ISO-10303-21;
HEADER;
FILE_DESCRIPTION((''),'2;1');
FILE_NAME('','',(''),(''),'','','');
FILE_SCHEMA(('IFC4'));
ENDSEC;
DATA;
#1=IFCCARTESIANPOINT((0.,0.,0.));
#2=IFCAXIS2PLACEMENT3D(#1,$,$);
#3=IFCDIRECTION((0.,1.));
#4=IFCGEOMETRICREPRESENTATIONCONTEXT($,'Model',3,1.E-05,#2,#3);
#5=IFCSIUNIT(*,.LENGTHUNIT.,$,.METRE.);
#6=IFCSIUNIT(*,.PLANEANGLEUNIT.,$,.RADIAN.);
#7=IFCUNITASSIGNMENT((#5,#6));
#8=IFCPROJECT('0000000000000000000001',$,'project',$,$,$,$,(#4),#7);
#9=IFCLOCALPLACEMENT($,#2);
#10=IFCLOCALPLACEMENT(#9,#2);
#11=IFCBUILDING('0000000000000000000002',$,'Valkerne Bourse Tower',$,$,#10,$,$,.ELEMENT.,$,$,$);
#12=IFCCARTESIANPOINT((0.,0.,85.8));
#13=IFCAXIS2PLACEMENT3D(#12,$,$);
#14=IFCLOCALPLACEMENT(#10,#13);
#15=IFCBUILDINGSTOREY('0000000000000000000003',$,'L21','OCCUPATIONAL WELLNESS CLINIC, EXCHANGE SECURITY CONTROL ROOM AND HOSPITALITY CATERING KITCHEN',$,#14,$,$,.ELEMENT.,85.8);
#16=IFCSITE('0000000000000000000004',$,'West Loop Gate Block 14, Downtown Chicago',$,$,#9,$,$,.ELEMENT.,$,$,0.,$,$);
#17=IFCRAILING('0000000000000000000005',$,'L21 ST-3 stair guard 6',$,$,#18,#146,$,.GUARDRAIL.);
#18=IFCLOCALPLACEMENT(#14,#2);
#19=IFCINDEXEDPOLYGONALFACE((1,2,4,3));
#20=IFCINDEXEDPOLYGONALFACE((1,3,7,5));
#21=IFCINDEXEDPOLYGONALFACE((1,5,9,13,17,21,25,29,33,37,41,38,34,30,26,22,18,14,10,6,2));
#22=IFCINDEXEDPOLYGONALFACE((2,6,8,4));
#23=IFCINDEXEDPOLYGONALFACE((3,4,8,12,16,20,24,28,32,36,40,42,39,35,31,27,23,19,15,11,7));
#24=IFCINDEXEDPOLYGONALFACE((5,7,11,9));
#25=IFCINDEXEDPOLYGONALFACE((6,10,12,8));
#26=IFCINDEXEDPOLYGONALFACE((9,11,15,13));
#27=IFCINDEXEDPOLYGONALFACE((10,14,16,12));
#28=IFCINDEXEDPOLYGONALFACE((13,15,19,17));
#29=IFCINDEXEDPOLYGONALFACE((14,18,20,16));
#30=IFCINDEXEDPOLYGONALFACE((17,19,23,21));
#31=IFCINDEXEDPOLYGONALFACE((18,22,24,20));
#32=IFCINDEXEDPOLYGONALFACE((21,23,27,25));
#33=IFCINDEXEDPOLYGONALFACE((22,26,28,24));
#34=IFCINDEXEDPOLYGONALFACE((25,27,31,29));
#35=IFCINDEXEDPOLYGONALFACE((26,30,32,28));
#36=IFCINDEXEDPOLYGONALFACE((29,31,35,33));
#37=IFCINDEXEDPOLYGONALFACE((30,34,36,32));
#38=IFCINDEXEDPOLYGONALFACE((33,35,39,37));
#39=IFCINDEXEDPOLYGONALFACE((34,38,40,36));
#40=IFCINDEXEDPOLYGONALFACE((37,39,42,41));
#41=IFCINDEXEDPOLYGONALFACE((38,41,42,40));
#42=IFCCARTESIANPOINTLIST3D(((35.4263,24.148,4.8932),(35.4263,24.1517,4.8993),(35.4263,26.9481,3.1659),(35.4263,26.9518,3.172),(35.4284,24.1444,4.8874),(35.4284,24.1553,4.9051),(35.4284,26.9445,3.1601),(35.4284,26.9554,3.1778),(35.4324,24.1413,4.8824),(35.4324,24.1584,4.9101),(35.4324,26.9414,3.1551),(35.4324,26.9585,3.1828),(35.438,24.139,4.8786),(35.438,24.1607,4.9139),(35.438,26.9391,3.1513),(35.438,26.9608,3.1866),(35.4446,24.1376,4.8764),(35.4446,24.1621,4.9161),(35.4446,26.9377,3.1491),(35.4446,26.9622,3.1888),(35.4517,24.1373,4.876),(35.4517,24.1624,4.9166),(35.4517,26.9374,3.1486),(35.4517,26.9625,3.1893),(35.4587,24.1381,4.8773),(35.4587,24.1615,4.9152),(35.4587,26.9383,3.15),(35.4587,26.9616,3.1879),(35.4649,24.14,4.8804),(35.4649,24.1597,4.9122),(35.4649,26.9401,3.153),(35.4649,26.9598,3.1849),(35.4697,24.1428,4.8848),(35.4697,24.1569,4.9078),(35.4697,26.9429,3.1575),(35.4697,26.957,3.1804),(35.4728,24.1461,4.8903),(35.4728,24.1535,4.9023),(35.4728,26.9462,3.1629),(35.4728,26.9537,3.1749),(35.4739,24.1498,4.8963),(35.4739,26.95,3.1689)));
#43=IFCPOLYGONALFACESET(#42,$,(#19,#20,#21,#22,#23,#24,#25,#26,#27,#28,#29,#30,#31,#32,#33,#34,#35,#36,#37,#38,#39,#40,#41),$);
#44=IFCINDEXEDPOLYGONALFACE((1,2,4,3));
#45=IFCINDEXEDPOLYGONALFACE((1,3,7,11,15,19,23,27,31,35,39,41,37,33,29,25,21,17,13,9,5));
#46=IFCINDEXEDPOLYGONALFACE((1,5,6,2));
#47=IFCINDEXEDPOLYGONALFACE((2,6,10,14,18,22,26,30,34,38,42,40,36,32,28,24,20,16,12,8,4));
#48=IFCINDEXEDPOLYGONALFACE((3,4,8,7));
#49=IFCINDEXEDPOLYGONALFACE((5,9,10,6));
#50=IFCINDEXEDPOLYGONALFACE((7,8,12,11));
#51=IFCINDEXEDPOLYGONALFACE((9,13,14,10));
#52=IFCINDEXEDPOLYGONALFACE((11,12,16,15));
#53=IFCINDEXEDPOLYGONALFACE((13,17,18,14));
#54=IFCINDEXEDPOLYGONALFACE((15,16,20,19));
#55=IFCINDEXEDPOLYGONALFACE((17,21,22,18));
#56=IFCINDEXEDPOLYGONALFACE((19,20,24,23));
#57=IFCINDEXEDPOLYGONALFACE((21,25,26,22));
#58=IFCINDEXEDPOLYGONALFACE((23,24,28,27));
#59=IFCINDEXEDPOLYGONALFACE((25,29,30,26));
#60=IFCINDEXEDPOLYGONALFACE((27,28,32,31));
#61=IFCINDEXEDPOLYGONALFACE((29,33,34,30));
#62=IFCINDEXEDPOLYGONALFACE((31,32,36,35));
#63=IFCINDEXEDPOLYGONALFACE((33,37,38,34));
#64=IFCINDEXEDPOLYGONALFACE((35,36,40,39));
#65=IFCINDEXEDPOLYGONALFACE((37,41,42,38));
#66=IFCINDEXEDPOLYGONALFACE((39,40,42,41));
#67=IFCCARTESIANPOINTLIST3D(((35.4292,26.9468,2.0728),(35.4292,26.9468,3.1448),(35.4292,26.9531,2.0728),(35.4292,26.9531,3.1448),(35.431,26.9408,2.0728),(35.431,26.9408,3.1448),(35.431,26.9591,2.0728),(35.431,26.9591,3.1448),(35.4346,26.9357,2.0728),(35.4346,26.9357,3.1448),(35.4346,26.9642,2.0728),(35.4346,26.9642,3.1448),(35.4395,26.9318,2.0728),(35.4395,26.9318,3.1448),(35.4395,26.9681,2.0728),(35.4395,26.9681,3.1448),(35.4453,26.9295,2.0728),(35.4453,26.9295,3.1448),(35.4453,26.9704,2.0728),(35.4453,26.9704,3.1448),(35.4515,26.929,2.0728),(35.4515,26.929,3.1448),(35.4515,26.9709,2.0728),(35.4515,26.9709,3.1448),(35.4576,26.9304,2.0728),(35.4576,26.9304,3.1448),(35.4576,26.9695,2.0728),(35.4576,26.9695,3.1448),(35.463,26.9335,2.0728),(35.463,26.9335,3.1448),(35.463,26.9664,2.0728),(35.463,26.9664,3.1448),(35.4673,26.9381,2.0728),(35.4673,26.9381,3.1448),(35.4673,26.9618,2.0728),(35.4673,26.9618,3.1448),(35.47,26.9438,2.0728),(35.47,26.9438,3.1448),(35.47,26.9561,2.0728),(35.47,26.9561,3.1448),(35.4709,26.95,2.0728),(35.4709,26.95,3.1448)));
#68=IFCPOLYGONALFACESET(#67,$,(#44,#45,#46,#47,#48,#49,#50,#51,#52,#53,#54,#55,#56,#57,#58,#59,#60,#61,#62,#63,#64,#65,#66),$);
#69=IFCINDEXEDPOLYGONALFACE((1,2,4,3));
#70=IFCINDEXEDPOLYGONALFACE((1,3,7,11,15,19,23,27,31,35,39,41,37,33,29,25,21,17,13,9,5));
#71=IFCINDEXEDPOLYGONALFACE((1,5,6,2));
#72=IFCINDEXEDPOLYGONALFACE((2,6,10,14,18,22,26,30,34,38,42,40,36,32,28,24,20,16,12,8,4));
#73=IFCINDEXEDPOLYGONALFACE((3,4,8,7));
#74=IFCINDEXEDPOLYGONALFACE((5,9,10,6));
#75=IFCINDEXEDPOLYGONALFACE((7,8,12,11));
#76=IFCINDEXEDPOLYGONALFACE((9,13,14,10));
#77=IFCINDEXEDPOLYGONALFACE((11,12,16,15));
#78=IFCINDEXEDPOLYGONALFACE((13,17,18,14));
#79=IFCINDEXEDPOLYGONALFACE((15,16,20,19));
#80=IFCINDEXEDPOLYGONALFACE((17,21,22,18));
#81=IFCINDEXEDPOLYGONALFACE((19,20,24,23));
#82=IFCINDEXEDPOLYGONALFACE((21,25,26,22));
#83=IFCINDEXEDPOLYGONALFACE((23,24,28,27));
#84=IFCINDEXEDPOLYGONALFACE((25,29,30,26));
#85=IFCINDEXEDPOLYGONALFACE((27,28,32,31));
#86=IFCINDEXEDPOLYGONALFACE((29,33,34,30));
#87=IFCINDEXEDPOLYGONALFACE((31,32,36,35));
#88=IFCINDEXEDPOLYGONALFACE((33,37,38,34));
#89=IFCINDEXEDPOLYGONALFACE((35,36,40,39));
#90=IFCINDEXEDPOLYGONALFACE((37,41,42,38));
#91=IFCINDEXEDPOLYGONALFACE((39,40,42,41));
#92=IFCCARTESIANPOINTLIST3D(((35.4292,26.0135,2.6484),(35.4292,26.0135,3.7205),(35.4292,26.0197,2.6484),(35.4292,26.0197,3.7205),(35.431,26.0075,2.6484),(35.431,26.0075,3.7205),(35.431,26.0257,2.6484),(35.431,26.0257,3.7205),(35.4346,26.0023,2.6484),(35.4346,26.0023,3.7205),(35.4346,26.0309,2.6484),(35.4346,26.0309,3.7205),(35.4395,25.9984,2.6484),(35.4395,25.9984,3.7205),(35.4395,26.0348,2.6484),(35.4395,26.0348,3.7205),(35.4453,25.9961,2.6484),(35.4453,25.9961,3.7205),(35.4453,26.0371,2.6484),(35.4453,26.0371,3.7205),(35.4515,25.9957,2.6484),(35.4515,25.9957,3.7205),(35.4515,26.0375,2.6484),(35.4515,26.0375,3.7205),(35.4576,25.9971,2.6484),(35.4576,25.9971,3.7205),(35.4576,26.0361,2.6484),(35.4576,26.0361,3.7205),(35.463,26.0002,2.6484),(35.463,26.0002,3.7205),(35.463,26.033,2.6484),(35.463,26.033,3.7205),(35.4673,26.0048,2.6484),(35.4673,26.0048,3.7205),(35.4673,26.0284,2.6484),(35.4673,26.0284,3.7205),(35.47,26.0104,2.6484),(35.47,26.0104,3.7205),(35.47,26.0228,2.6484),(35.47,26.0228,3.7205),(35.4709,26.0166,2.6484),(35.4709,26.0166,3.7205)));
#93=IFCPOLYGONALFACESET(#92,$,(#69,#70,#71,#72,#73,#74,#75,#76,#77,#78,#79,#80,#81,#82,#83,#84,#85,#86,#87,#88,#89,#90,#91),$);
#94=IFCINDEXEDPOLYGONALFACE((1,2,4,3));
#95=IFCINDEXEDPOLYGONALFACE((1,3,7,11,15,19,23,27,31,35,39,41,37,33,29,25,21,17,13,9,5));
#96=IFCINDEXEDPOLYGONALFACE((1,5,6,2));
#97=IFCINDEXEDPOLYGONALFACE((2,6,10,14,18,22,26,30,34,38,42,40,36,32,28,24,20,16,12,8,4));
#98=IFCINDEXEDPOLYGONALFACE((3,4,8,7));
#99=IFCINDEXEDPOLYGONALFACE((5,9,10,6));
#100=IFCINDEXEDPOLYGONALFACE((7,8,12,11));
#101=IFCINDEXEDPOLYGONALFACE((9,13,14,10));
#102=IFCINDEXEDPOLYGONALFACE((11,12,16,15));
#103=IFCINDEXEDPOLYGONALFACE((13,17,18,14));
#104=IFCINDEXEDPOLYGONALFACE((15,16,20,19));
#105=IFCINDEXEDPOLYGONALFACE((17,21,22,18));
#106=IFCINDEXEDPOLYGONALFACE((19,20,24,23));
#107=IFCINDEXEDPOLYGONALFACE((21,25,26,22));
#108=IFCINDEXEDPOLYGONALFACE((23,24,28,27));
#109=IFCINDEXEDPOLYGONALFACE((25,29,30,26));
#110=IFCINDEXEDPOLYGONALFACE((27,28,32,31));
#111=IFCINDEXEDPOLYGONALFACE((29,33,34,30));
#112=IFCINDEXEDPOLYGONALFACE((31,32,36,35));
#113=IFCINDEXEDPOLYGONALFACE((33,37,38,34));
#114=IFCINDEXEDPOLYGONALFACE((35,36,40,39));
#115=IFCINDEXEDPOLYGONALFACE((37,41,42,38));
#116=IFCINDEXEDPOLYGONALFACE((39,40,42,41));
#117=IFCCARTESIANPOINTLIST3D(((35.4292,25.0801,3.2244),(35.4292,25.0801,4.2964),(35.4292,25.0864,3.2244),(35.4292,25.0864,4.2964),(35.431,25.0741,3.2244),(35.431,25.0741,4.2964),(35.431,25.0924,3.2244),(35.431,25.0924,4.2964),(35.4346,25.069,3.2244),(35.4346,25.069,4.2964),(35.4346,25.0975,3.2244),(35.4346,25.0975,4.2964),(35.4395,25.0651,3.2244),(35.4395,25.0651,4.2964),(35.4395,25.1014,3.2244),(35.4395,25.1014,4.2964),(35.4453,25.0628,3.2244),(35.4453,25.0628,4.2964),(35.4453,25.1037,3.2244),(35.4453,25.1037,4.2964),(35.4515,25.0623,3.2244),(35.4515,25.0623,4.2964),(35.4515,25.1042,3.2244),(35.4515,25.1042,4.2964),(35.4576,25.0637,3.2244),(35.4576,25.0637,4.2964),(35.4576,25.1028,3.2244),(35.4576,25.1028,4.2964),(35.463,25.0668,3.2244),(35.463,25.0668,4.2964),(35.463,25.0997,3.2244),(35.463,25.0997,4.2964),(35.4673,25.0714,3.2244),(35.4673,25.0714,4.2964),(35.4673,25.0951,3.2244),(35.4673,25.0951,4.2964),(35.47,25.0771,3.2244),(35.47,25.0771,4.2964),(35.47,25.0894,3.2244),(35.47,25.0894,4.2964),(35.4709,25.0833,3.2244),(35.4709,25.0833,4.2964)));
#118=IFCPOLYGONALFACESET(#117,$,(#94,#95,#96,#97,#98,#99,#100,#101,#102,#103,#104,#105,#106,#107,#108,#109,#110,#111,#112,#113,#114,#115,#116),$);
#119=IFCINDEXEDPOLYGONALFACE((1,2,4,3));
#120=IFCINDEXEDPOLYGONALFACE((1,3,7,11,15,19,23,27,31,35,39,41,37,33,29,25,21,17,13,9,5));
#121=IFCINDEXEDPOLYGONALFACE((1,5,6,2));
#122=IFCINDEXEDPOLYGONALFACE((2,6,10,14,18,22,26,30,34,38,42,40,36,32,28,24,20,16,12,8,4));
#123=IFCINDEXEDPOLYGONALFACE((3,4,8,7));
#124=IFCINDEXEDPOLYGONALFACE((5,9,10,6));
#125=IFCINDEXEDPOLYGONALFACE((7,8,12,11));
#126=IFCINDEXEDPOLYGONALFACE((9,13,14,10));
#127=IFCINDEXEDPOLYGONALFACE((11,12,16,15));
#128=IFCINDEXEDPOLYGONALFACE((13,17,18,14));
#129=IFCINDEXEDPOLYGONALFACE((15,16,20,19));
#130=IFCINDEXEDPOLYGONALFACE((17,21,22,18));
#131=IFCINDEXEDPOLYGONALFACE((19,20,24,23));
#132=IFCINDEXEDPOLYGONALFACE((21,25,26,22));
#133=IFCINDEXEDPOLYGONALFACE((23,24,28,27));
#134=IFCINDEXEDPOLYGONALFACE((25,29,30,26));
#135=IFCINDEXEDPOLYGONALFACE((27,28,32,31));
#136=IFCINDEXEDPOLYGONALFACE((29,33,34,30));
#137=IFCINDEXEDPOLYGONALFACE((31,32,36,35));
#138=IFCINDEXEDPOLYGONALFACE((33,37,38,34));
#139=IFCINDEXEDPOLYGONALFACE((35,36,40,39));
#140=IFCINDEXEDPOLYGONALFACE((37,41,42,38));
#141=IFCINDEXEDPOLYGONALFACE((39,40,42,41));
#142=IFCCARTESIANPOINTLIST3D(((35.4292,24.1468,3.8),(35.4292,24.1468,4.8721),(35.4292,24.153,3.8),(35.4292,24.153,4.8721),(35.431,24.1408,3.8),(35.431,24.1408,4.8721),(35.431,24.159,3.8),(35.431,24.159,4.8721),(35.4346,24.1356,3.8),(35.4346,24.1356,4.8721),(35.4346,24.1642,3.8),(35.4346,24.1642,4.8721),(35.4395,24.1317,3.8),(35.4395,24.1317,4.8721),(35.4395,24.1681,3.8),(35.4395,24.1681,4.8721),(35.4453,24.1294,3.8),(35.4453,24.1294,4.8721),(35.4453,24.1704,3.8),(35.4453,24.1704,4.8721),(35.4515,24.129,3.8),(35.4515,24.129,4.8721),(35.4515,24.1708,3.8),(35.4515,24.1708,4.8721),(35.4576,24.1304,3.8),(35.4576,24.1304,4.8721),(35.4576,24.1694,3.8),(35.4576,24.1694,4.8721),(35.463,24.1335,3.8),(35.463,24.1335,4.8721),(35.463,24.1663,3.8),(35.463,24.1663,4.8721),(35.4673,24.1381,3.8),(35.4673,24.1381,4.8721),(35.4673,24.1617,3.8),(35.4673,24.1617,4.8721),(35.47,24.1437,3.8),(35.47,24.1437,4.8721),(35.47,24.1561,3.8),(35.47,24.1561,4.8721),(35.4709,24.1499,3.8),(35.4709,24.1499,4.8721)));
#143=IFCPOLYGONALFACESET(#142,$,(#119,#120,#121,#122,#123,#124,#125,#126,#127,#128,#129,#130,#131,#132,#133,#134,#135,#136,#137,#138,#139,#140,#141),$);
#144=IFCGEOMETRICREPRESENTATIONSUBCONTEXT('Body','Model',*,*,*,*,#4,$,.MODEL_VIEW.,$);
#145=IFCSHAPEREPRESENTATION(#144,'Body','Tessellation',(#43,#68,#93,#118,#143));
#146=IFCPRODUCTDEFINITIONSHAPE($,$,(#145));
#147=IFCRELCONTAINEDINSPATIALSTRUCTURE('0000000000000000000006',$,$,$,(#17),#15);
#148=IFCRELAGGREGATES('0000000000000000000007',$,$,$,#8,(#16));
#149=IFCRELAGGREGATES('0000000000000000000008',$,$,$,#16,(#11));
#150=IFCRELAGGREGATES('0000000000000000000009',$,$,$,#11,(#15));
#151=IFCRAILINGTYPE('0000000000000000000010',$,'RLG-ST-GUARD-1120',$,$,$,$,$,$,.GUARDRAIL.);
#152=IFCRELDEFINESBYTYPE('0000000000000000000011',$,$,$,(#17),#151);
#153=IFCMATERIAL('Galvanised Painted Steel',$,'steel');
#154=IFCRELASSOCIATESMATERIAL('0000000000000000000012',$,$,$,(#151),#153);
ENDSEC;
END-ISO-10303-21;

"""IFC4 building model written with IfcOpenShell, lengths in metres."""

from ifc_helpers import new_model, si_unit, direction, frame, origin, origin_2d, place, context, subcontext, project, spatial, circle, extrude, material, type_object, element, save


model = new_model("IFC4")

# Units and contexts
model_context = context("Model", 3, precision=1e-05, world=origin(), true_north=direction((0.0, 1.0)))
body_context = subcontext(model_context, "Body", "Model", "MODEL_VIEW")
ifc_project = project(units=[si_unit("LENGTHUNIT", "METRE"), si_unit("PLANEANGLEUNIT", "RADIAN")], contexts=[model_context])

# Site, building, storey
site_placement = place(None, origin())
site = spatial("IfcSite", under=ifc_project, at=site_placement, Name="West Loop Gate Block 14, Downtown Chicago", CompositionType="ELEMENT", RefElevation=0.0)
building_placement = place(site_placement, origin())
building = spatial("IfcBuilding", under=site, at=building_placement, Name="Valkerne Bourse Tower", CompositionType="ELEMENT")
storey_placement = place(building_placement, frame((0.0, 0.0, 85.8)))
storey = spatial("IfcBuildingStorey", under=building, at=storey_placement, Name="L21", Description="OCCUPATIONAL WELLNESS CLINIC, EXCHANGE SECURITY CONTROL ROOM AND HOSPITALITY CATERING KITCHEN", CompositionType="ELEMENT", Elevation=85.8)

# Railing
ifc_material_1 = material(Name="Galvanised Painted Steel", Category="steel")
railing_type_1 = type_object("IfcRailingType", Name="RLG-ST-GUARD-1120", PredefinedType="GUARDRAIL", material=ifc_material_1)
railing_1_placement = place(storey_placement, frame((35.45, 26.95, 2.0728)))
element("IfcRailing", 1, at=railing_1_placement, inside=storey, type_object=railing_type_1, Name="L21 ST-3 stair guard 6", PredefinedType="GUARDRAIL", context=body_context, shape_type="SweptSolid", body=[
    extrude(circle(Radius=0.0239, at=origin_2d()), frame((0.0, 0.0, 1.0962), z_axis=(0.0, -0.85109, 0.52502), x_axis=(1.0, 0.0, 0.0)), (0.0, 0.0, 1.0), 3.29),
    extrude(circle(Radius=0.021, at=origin_2d()), origin(), (0.0, 0.0, 1.0), 1.072),
    extrude(circle(Radius=0.021, at=origin_2d()), frame((0.0, -0.9333, 0.5757)), (0.0, 0.0, 1.0), 1.072),
    extrude(circle(Radius=0.021, at=origin_2d()), frame((0.0, -1.8667, 1.1516)), (0.0, 0.0, 1.0), 1.072),
    extrude(circle(Radius=0.021, at=origin_2d()), frame((0.0, -2.8, 1.7273)), (0.0, 0.0, 1.0), 1.072),
])

save(model, "model.ifc")
